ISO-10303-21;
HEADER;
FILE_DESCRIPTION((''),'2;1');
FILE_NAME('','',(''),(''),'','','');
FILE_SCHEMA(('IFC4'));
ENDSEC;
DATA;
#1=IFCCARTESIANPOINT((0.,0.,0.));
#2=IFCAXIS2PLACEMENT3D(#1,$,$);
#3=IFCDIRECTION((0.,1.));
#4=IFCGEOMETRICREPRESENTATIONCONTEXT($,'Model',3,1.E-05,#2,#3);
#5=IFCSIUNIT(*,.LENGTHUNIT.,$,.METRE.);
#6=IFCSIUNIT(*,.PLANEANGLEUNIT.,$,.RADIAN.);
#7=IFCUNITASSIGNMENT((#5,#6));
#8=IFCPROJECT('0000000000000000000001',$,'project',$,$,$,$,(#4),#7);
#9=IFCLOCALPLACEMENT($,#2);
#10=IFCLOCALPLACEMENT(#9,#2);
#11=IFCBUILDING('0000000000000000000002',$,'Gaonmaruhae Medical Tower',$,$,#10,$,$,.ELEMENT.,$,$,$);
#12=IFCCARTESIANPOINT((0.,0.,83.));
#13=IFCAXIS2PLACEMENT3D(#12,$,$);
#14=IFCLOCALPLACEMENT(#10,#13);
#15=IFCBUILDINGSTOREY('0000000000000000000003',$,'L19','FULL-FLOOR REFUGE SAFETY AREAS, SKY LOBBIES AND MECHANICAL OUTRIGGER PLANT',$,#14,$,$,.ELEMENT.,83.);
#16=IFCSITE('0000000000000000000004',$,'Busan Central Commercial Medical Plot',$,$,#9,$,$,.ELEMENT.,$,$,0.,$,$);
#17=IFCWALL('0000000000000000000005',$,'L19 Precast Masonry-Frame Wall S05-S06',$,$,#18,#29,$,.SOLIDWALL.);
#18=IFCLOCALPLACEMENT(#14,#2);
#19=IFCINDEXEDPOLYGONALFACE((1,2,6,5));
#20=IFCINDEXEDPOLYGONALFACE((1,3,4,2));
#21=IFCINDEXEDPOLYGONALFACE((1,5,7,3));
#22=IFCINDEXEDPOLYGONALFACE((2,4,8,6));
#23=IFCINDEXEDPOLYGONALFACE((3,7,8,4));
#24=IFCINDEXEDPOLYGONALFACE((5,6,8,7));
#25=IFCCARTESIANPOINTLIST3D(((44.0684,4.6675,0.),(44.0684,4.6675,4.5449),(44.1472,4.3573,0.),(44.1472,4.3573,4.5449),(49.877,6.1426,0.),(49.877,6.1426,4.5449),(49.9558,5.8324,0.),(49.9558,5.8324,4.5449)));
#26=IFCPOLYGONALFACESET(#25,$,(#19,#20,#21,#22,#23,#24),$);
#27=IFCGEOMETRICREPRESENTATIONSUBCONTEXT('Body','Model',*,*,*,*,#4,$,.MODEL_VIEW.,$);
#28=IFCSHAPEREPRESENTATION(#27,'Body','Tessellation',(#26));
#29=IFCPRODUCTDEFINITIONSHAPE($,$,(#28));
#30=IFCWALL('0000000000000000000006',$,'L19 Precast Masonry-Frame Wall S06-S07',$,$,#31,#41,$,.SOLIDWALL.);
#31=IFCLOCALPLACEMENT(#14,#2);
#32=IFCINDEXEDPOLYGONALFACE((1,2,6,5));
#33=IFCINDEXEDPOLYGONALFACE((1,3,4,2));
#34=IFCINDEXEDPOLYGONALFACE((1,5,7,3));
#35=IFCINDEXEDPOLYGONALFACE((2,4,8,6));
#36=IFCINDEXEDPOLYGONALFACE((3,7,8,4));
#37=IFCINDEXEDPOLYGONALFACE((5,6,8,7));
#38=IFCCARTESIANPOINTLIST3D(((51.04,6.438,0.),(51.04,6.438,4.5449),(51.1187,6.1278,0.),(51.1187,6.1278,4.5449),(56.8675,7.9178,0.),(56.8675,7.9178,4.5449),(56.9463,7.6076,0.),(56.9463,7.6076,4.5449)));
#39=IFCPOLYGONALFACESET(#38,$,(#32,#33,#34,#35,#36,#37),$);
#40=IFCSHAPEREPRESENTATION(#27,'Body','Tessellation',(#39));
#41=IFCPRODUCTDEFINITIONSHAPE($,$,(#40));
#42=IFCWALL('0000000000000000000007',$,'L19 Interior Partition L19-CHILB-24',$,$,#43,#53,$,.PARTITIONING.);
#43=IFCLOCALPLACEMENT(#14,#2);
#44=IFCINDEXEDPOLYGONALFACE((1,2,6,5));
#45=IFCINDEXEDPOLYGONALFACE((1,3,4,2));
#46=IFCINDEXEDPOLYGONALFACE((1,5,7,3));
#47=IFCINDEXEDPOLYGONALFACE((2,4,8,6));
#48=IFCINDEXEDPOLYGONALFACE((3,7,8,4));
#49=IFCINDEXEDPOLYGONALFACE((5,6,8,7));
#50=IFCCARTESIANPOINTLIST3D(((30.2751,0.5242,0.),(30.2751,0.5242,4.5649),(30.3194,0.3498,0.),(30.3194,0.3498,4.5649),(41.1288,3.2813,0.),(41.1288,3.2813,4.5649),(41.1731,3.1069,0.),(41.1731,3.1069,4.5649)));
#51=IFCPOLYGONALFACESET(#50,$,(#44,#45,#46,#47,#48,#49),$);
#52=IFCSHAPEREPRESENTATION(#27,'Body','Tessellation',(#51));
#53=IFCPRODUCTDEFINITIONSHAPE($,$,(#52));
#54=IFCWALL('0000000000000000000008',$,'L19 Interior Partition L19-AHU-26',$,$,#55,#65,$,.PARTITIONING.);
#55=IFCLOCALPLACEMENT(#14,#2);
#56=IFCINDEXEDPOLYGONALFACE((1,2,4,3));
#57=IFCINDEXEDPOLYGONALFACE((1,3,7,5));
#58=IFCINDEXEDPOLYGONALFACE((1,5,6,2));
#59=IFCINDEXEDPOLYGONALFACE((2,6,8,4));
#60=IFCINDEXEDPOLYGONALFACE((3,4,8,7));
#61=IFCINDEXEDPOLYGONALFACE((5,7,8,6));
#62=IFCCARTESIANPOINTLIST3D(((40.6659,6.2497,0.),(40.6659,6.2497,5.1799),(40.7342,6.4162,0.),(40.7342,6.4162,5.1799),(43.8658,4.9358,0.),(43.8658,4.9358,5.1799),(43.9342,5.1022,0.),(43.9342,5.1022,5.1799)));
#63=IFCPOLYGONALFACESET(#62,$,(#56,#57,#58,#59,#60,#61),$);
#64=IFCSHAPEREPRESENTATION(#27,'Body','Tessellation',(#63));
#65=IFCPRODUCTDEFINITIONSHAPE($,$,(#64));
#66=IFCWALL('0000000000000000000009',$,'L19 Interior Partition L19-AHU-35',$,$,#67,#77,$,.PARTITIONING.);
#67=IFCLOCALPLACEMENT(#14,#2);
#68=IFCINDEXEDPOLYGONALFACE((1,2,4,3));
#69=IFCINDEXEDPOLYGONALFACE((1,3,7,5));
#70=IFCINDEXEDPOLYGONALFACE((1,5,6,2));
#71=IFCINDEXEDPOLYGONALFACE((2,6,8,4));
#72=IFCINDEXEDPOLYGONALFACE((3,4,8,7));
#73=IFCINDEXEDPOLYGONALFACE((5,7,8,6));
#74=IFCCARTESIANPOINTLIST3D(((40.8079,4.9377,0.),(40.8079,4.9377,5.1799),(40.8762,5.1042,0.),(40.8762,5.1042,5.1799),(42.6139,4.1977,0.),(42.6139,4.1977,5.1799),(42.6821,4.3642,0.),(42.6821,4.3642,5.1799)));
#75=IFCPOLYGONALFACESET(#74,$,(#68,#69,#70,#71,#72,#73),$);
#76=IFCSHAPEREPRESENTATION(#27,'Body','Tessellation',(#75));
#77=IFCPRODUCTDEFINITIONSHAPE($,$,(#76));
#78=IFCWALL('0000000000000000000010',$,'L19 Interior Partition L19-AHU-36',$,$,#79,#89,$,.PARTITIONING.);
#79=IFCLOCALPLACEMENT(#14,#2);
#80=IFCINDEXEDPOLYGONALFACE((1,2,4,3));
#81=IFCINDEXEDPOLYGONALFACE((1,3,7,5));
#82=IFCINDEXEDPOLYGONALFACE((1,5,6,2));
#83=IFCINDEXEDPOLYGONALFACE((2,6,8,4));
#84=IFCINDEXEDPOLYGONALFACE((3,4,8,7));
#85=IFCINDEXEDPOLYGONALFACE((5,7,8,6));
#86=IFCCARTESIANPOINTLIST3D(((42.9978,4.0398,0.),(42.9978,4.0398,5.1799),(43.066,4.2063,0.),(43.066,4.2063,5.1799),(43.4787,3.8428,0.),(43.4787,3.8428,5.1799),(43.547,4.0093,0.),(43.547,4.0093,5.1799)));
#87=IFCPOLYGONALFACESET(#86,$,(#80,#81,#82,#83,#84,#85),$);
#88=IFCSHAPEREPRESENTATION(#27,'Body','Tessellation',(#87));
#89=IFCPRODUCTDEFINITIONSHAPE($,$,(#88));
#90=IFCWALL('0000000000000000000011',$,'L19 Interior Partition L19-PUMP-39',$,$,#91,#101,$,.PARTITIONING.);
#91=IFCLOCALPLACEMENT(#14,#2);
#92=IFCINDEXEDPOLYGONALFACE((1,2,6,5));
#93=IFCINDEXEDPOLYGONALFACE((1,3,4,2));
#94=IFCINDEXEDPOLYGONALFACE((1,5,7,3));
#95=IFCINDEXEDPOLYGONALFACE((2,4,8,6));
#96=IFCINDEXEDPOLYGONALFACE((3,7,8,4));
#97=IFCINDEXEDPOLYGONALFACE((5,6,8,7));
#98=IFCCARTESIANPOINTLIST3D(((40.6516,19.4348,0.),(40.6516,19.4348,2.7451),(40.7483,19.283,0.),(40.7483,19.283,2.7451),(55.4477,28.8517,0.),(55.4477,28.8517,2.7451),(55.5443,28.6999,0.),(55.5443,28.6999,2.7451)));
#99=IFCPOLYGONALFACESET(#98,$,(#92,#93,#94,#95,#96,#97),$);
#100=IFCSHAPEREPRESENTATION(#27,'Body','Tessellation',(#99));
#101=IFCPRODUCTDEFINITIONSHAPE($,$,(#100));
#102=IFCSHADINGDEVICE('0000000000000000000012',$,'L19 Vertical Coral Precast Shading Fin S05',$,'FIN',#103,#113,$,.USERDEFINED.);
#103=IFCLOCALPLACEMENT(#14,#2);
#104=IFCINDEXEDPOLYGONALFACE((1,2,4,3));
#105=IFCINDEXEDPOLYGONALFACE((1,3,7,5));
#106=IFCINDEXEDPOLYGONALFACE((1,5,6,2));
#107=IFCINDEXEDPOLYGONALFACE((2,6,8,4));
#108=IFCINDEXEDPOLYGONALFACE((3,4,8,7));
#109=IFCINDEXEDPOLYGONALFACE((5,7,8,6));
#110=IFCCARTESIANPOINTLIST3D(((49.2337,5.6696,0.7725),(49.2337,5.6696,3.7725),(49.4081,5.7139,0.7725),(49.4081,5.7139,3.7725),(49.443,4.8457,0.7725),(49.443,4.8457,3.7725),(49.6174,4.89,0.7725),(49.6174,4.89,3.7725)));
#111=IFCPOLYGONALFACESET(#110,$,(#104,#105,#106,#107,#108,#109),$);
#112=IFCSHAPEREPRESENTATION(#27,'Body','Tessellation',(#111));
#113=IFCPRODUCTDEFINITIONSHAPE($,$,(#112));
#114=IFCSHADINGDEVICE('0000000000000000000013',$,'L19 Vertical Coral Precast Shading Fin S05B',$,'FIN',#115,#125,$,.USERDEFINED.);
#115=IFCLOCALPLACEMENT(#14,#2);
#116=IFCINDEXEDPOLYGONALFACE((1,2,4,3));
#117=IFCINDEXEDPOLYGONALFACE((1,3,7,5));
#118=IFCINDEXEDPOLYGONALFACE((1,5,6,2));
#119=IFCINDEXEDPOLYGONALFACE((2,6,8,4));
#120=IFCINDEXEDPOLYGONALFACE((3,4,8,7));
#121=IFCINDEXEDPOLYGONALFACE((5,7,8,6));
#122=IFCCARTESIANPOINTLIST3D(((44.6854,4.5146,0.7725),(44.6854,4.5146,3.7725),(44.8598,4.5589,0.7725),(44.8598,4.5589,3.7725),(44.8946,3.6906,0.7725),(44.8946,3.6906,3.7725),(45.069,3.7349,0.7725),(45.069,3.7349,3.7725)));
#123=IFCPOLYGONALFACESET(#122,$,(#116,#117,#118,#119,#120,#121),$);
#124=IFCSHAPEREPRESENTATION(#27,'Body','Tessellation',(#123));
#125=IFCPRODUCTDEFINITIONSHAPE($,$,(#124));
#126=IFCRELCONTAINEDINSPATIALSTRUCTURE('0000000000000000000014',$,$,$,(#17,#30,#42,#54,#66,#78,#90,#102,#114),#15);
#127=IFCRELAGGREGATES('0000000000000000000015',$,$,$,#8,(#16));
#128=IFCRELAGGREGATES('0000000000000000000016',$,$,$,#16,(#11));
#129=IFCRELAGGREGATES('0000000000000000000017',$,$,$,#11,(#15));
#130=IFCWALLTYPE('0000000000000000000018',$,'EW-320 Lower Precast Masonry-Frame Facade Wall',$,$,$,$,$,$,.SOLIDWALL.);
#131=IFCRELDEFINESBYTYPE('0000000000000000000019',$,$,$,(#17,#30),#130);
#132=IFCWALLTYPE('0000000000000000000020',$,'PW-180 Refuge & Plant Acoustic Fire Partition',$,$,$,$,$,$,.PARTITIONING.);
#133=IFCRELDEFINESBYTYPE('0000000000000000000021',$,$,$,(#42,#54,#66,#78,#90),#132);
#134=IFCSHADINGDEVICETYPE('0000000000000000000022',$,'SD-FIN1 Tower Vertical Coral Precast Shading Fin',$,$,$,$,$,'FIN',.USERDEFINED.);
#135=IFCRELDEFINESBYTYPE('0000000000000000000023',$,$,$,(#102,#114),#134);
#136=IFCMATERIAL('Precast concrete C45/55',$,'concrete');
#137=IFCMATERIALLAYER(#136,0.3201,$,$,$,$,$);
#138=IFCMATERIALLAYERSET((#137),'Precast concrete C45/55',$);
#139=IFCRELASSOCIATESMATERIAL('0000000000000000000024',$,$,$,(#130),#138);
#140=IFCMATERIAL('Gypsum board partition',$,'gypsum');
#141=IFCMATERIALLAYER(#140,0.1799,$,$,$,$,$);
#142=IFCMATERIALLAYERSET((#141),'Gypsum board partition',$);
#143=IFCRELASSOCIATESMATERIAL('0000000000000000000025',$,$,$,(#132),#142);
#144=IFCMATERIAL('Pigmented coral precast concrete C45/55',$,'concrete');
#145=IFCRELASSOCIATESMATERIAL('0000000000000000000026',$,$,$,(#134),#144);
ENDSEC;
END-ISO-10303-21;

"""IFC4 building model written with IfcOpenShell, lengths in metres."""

from ifc_helpers import new_model, si_unit, direction, frame, frame_2d, origin, origin_2d, place, context, subcontext, project, spatial, rectangle, extrude, material, layer, layer_set, type_object, element, save


model = new_model("IFC4")

# Units and contexts
model_context = context("Model", 3, precision=1e-05, world=origin(), true_north=direction((0.0, 1.0)))
body_context = subcontext(model_context, "Body", "Model", "MODEL_VIEW")
ifc_project = project(units=[si_unit("LENGTHUNIT", "METRE"), si_unit("PLANEANGLEUNIT", "RADIAN")], contexts=[model_context])

# Site, building, storey
site_placement = place(None, origin())
site = spatial("IfcSite", under=ifc_project, at=site_placement, Name="Busan Central Commercial Medical Plot", CompositionType="ELEMENT", RefElevation=0.0)
building_placement = place(site_placement, origin())
building = spatial("IfcBuilding", under=site, at=building_placement, Name="Gaonmaruhae Medical Tower", CompositionType="ELEMENT")
storey_placement = place(building_placement, frame((0.0, 0.0, 83.0)))
storey = spatial("IfcBuildingStorey", under=building, at=storey_placement, Name="L19", Description="FULL-FLOOR REFUGE SAFETY AREAS, SKY LOBBIES AND MECHANICAL OUTRIGGER PLANT", CompositionType="ELEMENT", Elevation=83.0)

# Walls
ifc_material_1 = material(Name="Precast concrete C45/55", Category="concrete")
ifc_layer_1 = layer(ifc_material_1, 0.3201)
ifc_layer_set_1 = layer_set([ifc_layer_1], Name="Precast concrete C45/55")
wall_type_1 = type_object("IfcWallType", Name="EW-320 Lower Precast Masonry-Frame Facade Wall", PredefinedType="SOLIDWALL", material=ifc_layer_set_1)
wall_1_placement = place(storey_placement, frame((49.9165, 5.9875, 0.0), z_axis=(0.0, 0.0, 1.0), x_axis=(-0.969235, -0.246138, 0.0)))
element("IfcWall", 1, at=wall_1_placement, inside=storey, type_object=wall_type_1, Name="L19 Precast Masonry-Frame Wall S05-S06", PredefinedType="SOLIDWALL", context=body_context, shape_type="SweptSolid", body=[
    extrude(rectangle(XDim=5.9929, YDim=0.3201, at=frame_2d((2.9966, 0.0))), origin(), (0.0, 0.0, 1.0), 4.5449),
])
wall_2_placement = place(storey_placement, frame((56.907, 7.7627, 0.0), z_axis=(0.0, 0.0, 1.0), x_axis=(-0.96924, -0.246117, 0.0)))
element("IfcWall", 2, at=wall_2_placement, inside=storey, type_object=wall_type_1, Name="L19 Precast Masonry-Frame Wall S06-S07", PredefinedType="SOLIDWALL", context=body_context, shape_type="SweptSolid", body=[
    extrude(rectangle(XDim=6.0125, YDim=0.3201, at=frame_2d((3.0063, 0.0))), origin(), (0.0, 0.0, 1.0), 4.5449),
])
ifc_material_2 = material(Name="Gypsum board partition", Category="gypsum")
ifc_layer_2 = layer(ifc_material_2, 0.1799)
ifc_layer_set_2 = layer_set([ifc_layer_2], Name="Gypsum board partition")
wall_type_2 = type_object("IfcWallType", Name="PW-180 Refuge & Plant Acoustic Fire Partition", PredefinedType="PARTITIONING", material=ifc_layer_set_2)
wall_3_placement = place(storey_placement, frame((41.1509, 3.1941, 0.0), z_axis=(0.0, 0.0, 1.0), x_axis=(-0.969219, -0.246202, 0.0)))
element("IfcWall", 3, at=wall_3_placement, inside=storey, type_object=wall_type_2, Name="L19 Interior Partition L19-CHILB-24", PredefinedType="PARTITIONING", context=body_context, shape_type="SweptSolid", body=[
    extrude(rectangle(XDim=11.1985, YDim=0.1799, at=frame_2d((5.5991, 0.0))), origin(), (0.0, 0.0, 1.0), 4.5649),
])
wall_4_placement = place(storey_placement, frame((43.8999, 5.019, 0.0), z_axis=(0.0, 0.0, 1.0), x_axis=(-0.92505, 0.379844, 0.0)))
element("IfcWall", 4, at=wall_4_placement, inside=storey, type_object=wall_type_2, Name="L19 Interior Partition L19-AHU-26", PredefinedType="PARTITIONING", context=body_context, shape_type="SweptSolid", body=[
    extrude(rectangle(XDim=3.4592, YDim=0.1799, at=frame_2d((1.7295, 0.0))), origin(), (0.0, 0.0, 1.0), 5.1799),
])
wall_5_placement = place(storey_placement, frame((40.842, 5.021, 0.0), z_axis=(0.0, 0.0, 1.0), x_axis=(0.92533, -0.379164, 0.0)))
element("IfcWall", 5, at=wall_5_placement, inside=storey, type_object=wall_type_2, Name="L19 Interior Partition L19-AHU-35", PredefinedType="PARTITIONING", context=body_context, shape_type="SweptSolid", body=[
    extrude(rectangle(XDim=1.9517, YDim=0.1799, at=frame_2d((0.9758, 0.0))), origin(), (0.0, 0.0, 1.0), 5.1799),
])
wall_6_placement = place(storey_placement, frame((43.032, 4.123, 0.0), z_axis=(0.0, 0.0, 1.0), x_axis=(0.925367, -0.379072, 0.0)))
element("IfcWall", 6, at=wall_6_placement, inside=storey, type_object=wall_type_2, Name="L19 Interior Partition L19-AHU-36", PredefinedType="PARTITIONING", context=body_context, shape_type="SweptSolid", body=[
    extrude(rectangle(XDim=0.5198, YDim=0.1799, at=frame_2d((0.2598, 0.0))), origin(), (0.0, 0.0, 1.0), 5.1799),
])
wall_7_placement = place(storey_placement, frame((40.7, 19.3589, 0.0), z_axis=(0.0, 0.0, 1.0), x_axis=(0.843629, 0.536927, 0.0)))
element("IfcWall", 7, at=wall_7_placement, inside=storey, type_object=wall_type_2, Name="L19 Interior Partition L19-PUMP-39", PredefinedType="PARTITIONING", context=body_context, shape_type="SweptSolid", body=[
    extrude(rectangle(XDim=17.5386, YDim=0.1799, at=frame_2d((8.7693, 0.0))), origin(), (0.0, 0.0, 1.0), 2.7451),
])

# Shading devices
ifc_material_3 = material(Name="Pigmented coral precast concrete C45/55", Category="concrete")
shading_device_type = type_object("IfcShadingDeviceType", Name="SD-FIN1 Tower Vertical Coral Precast Shading Fin", ElementType="FIN", PredefinedType="USERDEFINED", material=ifc_material_3)
for number, where, z_axis, x_axis, name in (
    (8, (49.4255, 5.2798, 0.7725), (0.0, 0.0, 1.0), (-0.969235, -0.246136, 0.0), "L19 Vertical Coral Precast Shading Fin S05"),
    (9, (44.8772, 4.1248, 0.7725), (0.0, 0.0, 1.0), (-0.969235, -0.246136, 0.0), "L19 Vertical Coral Precast Shading Fin S05B"),
):
    element("IfcShadingDevice", number, at=place(storey_placement, frame(where, z_axis=z_axis, x_axis=x_axis)), inside=storey, type_object=shading_device_type, Name=name, ObjectType="FIN", PredefinedType="USERDEFINED", context=body_context, shape_type="SweptSolid", body=[
        extrude(rectangle(XDim=0.1799, YDim=0.8501, at=origin_2d()), origin(), (0.0, 0.0, 1.0), 3.0),
    ])

save(model, "model.ifc")
